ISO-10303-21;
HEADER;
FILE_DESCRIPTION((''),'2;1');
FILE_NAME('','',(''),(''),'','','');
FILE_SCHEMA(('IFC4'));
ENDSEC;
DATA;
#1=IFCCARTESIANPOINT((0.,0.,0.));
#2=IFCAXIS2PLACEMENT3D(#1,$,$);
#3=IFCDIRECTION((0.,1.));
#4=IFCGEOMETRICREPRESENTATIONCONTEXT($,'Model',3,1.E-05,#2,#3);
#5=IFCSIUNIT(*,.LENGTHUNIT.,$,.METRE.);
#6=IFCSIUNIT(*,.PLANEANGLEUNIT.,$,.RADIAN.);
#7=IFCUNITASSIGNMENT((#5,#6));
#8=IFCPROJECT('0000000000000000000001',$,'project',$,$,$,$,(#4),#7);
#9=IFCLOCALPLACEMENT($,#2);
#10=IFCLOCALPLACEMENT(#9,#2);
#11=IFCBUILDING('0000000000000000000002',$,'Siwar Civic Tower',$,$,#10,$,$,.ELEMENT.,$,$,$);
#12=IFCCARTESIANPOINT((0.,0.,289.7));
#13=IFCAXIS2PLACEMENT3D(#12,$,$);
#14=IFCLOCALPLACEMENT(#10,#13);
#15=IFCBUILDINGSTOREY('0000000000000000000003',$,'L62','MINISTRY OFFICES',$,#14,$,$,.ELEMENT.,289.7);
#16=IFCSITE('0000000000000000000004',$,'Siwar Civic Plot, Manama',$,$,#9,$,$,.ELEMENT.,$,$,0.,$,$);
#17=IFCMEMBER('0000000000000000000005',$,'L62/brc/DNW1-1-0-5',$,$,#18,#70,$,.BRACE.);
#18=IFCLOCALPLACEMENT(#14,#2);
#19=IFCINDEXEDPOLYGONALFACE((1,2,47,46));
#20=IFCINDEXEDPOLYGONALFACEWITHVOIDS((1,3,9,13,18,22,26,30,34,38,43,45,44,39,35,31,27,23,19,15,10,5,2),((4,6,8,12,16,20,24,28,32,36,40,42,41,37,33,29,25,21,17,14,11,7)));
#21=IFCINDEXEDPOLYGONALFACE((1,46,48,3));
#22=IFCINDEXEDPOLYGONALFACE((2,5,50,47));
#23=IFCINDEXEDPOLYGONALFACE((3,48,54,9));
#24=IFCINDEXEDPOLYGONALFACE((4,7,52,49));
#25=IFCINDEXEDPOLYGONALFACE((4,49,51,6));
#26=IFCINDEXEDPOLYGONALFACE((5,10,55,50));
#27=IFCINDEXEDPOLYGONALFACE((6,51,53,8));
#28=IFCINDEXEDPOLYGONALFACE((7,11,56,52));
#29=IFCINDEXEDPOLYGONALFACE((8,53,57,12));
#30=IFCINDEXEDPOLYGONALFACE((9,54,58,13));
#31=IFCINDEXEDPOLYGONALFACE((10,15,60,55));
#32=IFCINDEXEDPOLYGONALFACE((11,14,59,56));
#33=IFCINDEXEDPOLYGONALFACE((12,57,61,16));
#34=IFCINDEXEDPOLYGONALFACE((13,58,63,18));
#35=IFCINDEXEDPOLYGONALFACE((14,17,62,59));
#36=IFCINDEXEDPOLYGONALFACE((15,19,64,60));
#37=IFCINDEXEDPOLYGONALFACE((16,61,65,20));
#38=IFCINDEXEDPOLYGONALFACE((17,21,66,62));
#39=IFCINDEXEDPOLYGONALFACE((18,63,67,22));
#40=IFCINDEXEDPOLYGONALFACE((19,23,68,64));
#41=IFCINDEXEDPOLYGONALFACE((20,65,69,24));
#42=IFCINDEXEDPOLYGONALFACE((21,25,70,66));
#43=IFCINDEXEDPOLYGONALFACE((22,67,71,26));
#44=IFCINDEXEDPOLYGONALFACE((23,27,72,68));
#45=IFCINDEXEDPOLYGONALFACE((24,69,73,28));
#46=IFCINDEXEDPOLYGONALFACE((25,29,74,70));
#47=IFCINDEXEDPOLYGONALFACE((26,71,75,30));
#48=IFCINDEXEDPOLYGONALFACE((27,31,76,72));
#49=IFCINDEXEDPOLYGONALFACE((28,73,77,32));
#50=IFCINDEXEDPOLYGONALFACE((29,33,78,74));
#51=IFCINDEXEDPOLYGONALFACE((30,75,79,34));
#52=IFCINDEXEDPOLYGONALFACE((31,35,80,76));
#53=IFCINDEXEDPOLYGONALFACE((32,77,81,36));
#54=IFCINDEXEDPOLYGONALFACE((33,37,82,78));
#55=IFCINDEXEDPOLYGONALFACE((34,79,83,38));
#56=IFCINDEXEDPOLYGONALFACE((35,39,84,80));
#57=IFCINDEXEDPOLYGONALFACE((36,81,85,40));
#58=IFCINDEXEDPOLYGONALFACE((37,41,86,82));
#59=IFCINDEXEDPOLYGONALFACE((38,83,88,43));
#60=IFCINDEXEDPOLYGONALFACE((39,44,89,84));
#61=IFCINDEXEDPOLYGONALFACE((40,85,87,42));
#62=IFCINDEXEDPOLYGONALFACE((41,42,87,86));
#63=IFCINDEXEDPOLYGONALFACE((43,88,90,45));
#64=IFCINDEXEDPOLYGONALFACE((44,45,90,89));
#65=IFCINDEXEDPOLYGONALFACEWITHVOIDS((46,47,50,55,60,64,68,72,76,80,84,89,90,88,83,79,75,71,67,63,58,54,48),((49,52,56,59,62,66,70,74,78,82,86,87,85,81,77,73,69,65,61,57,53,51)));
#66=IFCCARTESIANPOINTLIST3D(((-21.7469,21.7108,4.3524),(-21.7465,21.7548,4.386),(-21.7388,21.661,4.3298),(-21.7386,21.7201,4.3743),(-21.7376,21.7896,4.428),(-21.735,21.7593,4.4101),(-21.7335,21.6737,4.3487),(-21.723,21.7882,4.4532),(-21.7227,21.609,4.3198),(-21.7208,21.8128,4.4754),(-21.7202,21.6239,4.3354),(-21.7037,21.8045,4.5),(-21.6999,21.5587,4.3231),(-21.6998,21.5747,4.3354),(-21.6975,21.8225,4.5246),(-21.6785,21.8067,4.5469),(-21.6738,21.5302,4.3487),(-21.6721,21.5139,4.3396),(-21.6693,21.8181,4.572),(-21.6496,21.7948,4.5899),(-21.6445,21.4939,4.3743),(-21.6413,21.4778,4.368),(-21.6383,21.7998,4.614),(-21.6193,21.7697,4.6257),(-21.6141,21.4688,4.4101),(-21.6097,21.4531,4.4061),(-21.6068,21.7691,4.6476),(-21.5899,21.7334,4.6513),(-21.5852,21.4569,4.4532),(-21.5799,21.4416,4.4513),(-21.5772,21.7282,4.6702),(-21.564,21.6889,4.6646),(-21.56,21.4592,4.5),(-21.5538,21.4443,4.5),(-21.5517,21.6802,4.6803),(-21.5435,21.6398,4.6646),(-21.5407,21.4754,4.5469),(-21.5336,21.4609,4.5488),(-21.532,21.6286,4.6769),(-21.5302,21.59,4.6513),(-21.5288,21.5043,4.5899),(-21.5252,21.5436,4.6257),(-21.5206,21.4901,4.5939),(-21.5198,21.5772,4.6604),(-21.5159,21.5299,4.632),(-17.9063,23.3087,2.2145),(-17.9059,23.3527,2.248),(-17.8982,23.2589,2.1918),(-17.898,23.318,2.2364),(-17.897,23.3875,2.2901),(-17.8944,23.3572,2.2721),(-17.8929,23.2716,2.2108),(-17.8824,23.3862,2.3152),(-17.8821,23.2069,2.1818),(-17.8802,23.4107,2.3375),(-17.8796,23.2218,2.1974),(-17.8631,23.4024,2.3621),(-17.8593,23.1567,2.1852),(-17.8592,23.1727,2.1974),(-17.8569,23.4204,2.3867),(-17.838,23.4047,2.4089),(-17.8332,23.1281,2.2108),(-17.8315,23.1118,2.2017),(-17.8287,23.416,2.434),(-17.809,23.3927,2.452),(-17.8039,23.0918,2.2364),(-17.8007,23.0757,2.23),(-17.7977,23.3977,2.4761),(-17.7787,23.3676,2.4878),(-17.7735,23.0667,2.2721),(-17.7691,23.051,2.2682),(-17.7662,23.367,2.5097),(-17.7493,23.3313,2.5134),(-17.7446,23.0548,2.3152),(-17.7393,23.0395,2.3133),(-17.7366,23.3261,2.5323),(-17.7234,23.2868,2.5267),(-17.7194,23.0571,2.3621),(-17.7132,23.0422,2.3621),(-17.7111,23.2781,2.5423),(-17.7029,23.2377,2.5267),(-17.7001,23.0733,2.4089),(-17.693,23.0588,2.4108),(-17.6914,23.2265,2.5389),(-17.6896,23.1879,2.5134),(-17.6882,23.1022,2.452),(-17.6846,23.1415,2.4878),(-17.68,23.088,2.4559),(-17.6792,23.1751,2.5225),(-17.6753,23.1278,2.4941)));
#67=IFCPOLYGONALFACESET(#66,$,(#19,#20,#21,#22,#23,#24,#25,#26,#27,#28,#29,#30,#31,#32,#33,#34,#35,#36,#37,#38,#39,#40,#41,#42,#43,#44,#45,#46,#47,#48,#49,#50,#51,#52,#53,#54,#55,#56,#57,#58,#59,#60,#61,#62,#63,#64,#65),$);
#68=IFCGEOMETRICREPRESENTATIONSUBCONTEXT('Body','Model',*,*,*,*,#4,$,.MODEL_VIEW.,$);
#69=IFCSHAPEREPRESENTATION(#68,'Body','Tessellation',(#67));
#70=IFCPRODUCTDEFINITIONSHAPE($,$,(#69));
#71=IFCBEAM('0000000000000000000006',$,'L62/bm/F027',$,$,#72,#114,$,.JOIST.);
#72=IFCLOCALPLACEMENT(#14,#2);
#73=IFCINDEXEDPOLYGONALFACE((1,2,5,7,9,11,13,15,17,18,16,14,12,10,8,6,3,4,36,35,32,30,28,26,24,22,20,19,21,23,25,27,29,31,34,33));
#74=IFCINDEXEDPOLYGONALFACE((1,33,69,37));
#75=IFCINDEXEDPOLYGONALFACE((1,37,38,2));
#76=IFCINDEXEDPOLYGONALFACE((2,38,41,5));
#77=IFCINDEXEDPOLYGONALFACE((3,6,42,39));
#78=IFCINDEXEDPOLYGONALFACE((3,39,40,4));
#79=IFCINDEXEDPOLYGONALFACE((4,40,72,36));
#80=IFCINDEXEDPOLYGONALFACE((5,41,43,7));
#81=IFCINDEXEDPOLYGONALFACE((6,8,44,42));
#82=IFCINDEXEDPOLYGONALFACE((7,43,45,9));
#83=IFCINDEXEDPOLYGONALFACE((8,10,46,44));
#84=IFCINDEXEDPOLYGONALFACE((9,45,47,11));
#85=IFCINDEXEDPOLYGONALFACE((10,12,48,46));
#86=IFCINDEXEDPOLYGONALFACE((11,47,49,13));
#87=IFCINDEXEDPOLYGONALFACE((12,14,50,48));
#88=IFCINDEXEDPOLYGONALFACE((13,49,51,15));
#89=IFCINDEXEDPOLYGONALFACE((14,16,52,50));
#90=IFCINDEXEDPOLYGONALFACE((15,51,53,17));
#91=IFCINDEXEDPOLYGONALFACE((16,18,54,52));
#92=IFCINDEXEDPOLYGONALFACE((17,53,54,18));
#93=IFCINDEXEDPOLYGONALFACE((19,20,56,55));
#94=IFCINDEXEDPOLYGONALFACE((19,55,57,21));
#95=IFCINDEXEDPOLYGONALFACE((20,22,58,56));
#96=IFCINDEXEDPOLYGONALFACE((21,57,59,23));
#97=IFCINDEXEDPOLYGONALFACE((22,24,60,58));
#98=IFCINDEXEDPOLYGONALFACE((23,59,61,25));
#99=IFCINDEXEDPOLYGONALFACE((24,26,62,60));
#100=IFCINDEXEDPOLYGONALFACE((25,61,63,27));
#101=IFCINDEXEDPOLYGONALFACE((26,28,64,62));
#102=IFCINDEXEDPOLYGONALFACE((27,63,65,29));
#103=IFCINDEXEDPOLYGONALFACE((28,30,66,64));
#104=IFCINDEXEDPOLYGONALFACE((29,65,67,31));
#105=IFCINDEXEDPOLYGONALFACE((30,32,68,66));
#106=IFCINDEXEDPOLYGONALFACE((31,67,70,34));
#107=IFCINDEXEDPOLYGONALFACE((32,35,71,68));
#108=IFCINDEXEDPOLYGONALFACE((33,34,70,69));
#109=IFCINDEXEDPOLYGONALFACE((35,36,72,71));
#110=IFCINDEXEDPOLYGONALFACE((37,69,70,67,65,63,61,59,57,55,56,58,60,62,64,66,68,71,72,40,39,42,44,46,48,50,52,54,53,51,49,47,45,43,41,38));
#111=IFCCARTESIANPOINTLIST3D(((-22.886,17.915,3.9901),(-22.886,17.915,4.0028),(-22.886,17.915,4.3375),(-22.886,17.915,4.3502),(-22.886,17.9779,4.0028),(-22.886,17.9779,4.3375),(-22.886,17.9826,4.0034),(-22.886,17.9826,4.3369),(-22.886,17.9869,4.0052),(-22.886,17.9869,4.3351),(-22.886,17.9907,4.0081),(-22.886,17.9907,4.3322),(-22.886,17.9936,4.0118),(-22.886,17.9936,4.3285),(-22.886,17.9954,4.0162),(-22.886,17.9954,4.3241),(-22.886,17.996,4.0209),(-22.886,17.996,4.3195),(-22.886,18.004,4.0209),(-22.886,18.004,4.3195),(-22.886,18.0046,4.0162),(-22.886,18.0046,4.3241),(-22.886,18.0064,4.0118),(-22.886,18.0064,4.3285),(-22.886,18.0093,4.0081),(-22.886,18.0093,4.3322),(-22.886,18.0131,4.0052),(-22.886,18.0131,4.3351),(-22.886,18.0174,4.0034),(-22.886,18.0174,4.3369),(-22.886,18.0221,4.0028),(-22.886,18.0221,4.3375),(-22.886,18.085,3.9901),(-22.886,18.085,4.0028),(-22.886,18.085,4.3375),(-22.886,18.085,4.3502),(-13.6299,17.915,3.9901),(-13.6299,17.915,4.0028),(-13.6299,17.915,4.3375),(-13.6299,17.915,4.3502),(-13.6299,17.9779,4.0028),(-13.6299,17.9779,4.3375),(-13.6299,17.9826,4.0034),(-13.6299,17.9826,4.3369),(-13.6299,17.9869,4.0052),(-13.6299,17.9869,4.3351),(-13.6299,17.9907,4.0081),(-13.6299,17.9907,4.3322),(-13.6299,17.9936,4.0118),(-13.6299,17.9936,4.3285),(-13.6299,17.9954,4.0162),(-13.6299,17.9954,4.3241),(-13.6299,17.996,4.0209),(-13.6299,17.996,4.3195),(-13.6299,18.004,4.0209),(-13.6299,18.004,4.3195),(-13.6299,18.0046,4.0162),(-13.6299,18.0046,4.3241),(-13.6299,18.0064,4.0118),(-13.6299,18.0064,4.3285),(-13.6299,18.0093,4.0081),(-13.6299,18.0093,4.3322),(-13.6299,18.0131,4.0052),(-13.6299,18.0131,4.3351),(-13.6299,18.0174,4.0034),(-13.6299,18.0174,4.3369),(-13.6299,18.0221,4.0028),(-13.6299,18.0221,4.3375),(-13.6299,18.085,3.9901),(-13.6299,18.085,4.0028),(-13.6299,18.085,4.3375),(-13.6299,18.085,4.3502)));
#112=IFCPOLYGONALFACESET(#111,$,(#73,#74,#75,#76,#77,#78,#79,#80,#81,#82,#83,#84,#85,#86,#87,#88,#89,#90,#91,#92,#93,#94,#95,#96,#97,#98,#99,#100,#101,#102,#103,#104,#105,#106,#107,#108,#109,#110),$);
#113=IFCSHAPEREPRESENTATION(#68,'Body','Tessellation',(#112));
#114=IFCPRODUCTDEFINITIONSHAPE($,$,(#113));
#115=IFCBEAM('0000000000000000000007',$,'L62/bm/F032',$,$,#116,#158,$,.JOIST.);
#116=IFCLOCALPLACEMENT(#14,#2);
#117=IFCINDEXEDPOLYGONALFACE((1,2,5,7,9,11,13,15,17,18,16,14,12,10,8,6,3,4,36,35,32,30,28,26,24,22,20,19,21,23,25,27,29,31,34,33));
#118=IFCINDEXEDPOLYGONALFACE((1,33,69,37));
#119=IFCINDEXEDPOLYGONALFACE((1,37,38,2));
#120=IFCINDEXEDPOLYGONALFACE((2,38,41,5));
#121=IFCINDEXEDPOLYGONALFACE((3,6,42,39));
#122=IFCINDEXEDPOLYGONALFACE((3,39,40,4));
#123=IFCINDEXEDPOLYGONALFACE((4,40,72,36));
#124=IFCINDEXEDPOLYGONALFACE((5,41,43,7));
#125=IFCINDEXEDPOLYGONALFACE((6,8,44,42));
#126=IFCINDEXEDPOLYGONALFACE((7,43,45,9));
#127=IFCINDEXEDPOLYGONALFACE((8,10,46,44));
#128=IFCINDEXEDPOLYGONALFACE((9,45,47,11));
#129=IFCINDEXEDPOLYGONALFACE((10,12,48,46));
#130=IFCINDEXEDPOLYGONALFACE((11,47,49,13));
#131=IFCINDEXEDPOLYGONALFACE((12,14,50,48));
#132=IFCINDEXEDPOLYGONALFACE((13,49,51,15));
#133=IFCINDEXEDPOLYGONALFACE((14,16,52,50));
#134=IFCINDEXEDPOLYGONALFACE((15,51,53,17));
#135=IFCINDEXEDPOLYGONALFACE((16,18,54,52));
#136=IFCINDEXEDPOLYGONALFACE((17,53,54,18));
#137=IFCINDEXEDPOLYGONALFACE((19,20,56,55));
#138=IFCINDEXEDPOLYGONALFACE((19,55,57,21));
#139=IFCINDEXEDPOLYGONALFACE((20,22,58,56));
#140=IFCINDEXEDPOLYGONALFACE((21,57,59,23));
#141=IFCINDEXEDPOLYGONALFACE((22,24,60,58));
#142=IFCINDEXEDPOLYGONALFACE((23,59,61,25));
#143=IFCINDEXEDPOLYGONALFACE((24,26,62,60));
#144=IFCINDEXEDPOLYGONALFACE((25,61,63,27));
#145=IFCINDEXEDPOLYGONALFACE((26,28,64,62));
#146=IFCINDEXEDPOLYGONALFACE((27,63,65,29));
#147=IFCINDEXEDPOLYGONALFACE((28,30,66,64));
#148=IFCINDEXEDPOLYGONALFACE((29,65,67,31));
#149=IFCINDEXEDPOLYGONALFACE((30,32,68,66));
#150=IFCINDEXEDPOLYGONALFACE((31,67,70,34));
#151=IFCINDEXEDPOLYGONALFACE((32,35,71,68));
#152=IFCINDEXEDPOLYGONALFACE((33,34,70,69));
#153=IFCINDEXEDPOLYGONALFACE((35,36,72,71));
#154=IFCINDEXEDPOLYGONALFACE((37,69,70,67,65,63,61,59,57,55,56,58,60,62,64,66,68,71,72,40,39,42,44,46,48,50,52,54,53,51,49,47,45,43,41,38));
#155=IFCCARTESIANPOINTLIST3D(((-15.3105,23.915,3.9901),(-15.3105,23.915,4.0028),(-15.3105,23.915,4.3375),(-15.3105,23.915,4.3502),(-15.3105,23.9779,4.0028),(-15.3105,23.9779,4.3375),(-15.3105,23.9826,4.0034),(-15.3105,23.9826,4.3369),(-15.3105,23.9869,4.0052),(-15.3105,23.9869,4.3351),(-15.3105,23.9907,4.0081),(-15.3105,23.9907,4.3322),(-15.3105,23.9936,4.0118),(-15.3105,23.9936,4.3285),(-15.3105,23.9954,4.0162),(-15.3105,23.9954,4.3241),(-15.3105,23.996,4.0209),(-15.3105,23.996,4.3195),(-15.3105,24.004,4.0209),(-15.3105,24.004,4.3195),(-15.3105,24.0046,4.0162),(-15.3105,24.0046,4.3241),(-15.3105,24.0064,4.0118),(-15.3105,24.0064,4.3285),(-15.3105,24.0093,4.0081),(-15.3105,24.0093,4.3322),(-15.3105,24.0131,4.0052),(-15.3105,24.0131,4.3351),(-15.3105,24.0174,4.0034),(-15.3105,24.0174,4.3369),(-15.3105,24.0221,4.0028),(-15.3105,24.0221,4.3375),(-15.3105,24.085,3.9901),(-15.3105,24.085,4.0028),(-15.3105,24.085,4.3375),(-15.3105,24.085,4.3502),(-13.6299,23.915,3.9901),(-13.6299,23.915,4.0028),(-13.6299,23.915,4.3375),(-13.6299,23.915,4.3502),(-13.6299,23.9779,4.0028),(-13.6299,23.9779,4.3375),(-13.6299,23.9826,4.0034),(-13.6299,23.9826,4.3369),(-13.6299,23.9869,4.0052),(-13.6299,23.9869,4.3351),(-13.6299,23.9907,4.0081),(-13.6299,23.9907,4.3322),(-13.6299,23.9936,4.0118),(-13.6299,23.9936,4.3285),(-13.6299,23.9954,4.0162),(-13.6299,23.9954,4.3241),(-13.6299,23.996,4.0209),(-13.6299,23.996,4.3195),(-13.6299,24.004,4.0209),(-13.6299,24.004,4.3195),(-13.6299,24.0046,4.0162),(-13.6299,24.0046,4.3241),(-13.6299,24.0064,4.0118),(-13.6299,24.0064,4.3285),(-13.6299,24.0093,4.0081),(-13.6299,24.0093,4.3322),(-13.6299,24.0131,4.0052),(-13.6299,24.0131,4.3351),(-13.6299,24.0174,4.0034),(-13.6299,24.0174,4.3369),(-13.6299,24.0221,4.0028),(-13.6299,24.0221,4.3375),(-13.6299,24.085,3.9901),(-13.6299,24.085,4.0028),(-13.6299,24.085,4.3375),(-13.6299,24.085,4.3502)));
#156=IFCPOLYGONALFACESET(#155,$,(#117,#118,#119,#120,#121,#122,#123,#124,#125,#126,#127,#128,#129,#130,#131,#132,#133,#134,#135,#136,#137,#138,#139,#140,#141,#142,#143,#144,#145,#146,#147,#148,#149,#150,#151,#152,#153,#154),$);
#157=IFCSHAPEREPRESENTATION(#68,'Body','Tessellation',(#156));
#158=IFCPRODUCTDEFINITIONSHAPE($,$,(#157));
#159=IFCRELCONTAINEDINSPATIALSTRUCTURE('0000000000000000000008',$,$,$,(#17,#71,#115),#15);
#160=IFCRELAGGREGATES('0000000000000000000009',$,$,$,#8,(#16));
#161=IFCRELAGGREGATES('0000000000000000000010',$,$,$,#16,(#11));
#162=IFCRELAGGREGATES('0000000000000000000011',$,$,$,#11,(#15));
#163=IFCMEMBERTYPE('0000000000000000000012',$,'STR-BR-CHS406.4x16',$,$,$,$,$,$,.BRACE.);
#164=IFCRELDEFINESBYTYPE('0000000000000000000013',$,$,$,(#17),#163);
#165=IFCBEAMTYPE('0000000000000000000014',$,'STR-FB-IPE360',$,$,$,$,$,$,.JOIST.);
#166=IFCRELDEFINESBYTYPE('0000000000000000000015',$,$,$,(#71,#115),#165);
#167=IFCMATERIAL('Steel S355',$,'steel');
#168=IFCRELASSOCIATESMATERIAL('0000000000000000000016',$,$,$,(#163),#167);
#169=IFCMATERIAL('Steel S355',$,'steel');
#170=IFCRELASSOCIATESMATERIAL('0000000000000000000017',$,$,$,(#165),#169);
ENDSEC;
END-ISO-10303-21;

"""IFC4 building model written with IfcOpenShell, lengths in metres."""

from ifc_helpers import new_model, si_unit, direction, frame, origin, origin_2d, place, context, subcontext, project, spatial, hollow_circle, i_section, extrude, material, material_profile, profile_set, type_object, element, save


model = new_model("IFC4")

# Units and contexts
model_context = context("Model", 3, precision=1e-05, world=origin(), true_north=direction((0.0, 1.0)))
body_context = subcontext(model_context, "Body", "Model", "MODEL_VIEW")
ifc_project = project(units=[si_unit("LENGTHUNIT", "METRE"), si_unit("PLANEANGLEUNIT", "RADIAN")], contexts=[model_context])

# Site, building, storey
site_placement = place(None, origin())
site = spatial("IfcSite", under=ifc_project, at=site_placement, Name="Siwar Civic Plot, Manama", CompositionType="ELEMENT", RefElevation=0.0)
building_placement = place(site_placement, origin())
building = spatial("IfcBuilding", under=site, at=building_placement, Name="Siwar Civic Tower", CompositionType="ELEMENT")
storey_placement = place(building_placement, frame((0.0, 0.0, 289.7)))
storey = spatial("IfcBuildingStorey", under=building, at=storey_placement, Name="L62", Description="MINISTRY OFFICES", CompositionType="ELEMENT", Elevation=289.7)

# Member
ifc_material_1 = material(Name="Steel S355", Category="steel")
ifc_material_profile_1 = material_profile(ifc_material_1, hollow_circle(Radius=0.2031, WallThickness=0.0161, at=origin_2d()), Name="CHS406.4x16")
ifc_profile_set_1 = profile_set([ifc_material_profile_1], Name="Steel S355")
member_type_1 = type_object("IfcMemberType", Name="STR-BR-CHS406.4x16", PredefinedType="BRACE", material=ifc_profile_set_1)
for number, where, z_axis, x_axis, name in (
    (1, (-17.7913, 23.2297, 2.3621), (-0.821167, -0.341653, 0.45712), (0.384136, -0.923276, 0.0), "L62/brc/DNW1-1-0-5"),
):
    element("IfcMember", number, at=place(storey_placement, frame(where, z_axis=z_axis, x_axis=x_axis)), inside=storey, type_object=member_type_1, Name=name, PredefinedType="BRACE", context=body_context, shape_type="SweptSolid", body=[
        extrude(hollow_circle(Radius=0.2031, WallThickness=0.0161, at=origin_2d()), origin(), (0.0, 0.0, 1.0), 4.677),
    ])

# Beams
ifc_material_2 = material(Name="Steel S355", Category="steel")
ifc_material_profile_2 = material_profile(ifc_material_2, i_section(OverallWidth=0.1699, OverallDepth=0.3601, WebThickness=0.0081, FlangeThickness=0.0127, FilletRadius=0.0181, at=origin_2d()), Name="IPE360")
ifc_profile_set_2 = profile_set([ifc_material_profile_2], Name="Steel S355")
beam_type_1 = type_object("IfcBeamType", Name="STR-FB-IPE360", PredefinedType="JOIST", material=ifc_profile_set_2)
beam_1_placement = place(storey_placement, frame((-22.886, 18.0, 4.1702), z_axis=(1.0, 0.0, 0.0), x_axis=(0.0, 1.0, 0.0)))
element("IfcBeam", 2, at=beam_1_placement, inside=storey, type_object=beam_type_1, Name="L62/bm/F027", PredefinedType="JOIST", context=body_context, shape_type="SweptSolid", body=[
    extrude(i_section(OverallWidth=0.1699, OverallDepth=0.3601, WebThickness=0.0081, FlangeThickness=0.0127, FilletRadius=0.0181, at=origin_2d()), origin(), (0.0, 0.0, 1.0), 9.2561),
])
beam_2_placement = place(storey_placement, frame((-15.3105, 24.0, 4.1702), z_axis=(1.0, 0.0, 0.0), x_axis=(0.0, 1.0, 0.0)))
element("IfcBeam", 3, at=beam_2_placement, inside=storey, type_object=beam_type_1, Name="L62/bm/F032", PredefinedType="JOIST", context=body_context, shape_type="SweptSolid", body=[
    extrude(i_section(OverallWidth=0.1699, OverallDepth=0.3601, WebThickness=0.0081, FlangeThickness=0.0127, FilletRadius=0.0181, at=origin_2d()), origin(), (0.0, 0.0, 1.0), 1.6807),
])

save(model, "model.ifc")
